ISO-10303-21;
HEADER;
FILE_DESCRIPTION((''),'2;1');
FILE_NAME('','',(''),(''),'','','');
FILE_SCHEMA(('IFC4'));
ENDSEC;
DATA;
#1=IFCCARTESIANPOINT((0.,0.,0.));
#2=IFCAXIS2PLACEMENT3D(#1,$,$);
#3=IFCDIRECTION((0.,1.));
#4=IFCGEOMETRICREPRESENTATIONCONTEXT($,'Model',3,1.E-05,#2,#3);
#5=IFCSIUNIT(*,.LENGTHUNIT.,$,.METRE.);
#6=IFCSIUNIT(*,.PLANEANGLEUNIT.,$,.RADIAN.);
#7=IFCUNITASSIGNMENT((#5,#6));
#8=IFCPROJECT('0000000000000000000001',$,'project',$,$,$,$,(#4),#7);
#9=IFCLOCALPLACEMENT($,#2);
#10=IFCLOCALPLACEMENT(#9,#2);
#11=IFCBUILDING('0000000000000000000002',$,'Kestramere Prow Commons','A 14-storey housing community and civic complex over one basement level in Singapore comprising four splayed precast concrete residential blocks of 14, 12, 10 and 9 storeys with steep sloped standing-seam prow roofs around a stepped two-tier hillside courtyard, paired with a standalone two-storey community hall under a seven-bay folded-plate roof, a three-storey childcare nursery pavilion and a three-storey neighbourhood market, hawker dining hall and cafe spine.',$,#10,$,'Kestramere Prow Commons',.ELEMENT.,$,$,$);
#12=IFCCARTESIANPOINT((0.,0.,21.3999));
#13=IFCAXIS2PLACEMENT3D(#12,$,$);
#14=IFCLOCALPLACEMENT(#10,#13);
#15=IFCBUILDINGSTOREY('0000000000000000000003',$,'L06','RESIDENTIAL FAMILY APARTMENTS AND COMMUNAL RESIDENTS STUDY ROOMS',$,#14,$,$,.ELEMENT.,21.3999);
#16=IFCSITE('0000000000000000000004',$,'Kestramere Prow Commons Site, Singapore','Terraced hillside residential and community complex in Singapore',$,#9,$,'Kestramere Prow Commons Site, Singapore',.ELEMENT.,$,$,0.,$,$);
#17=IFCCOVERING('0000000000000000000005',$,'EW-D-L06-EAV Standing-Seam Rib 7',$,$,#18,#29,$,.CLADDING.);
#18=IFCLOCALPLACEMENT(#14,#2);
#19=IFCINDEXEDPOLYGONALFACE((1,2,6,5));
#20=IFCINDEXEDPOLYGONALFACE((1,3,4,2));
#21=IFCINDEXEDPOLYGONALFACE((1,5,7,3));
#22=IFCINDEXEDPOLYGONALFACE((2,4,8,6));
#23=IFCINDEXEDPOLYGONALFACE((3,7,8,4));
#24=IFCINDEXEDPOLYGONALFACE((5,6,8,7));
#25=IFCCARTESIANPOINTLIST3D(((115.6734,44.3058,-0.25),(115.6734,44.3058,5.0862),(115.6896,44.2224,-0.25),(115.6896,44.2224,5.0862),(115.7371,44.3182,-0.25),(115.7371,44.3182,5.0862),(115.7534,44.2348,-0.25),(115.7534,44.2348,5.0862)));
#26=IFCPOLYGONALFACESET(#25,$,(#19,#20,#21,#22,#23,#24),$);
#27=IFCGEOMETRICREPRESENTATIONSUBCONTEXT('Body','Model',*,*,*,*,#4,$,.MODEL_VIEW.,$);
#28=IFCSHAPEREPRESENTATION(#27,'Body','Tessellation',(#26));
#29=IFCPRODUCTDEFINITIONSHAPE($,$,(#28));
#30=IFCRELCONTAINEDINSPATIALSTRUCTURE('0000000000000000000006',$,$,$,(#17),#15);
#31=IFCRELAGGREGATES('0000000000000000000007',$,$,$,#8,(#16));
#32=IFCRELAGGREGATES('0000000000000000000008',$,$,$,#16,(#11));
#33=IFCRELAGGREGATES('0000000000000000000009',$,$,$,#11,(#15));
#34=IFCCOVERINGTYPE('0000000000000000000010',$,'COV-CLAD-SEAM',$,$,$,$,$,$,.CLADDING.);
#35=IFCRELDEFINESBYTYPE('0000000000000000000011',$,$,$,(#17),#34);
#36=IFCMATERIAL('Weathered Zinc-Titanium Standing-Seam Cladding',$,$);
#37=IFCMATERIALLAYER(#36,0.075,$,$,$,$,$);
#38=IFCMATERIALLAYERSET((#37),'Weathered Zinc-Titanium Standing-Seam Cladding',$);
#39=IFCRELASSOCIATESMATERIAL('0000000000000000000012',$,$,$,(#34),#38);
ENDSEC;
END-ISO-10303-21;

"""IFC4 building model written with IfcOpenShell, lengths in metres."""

from ifc_helpers import new_model, si_unit, direction, frame, origin, origin_2d, place, context, subcontext, project, spatial, rectangle, extrude, material, layer, layer_set, type_object, element, save


model = new_model("IFC4")

# Units and contexts
model_context = context("Model", 3, precision=1e-05, world=origin(), true_north=direction((0.0, 1.0)))
body_context = subcontext(model_context, "Body", "Model", "MODEL_VIEW")
ifc_project = project(units=[si_unit("LENGTHUNIT", "METRE"), si_unit("PLANEANGLEUNIT", "RADIAN")], contexts=[model_context])

# Site, building, storey
site_placement = place(None, origin())
site = spatial("IfcSite", under=ifc_project, at=site_placement, Name="Kestramere Prow Commons Site, Singapore", Description="Terraced hillside residential and community complex in Singapore", LongName="Kestramere Prow Commons Site, Singapore", CompositionType="ELEMENT", RefElevation=0.0)
building_placement = place(site_placement, origin())
building = spatial("IfcBuilding", under=site, at=building_placement, Name="Kestramere Prow Commons", Description="A 14-storey housing community and civic complex over one basement level in Singapore comprising four splayed precast concrete residential blocks of 14, 12, 10 and 9 storeys with steep sloped standing-seam prow roofs around a stepped two-tier hillside courtyard, paired with a standalone two-storey community hall under a seven-bay folded-plate roof, a three-storey childcare nursery pavilion and a three-storey neighbourhood market, hawker dining hall and cafe spine.", LongName="Kestramere Prow Commons", CompositionType="ELEMENT")
storey_placement = place(building_placement, frame((0.0, 0.0, 21.3999)))
storey = spatial("IfcBuildingStorey", under=building, at=storey_placement, Name="L06", Description="RESIDENTIAL FAMILY APARTMENTS AND COMMUNAL RESIDENTS STUDY ROOMS", CompositionType="ELEMENT", Elevation=21.3999)

# Covering
ifc_material_1 = material(Name="Weathered Zinc-Titanium Standing-Seam Cladding")
ifc_layer_1 = layer(ifc_material_1, 0.075)
ifc_layer_set_1 = layer_set([ifc_layer_1], Name="Weathered Zinc-Titanium Standing-Seam Cladding")
covering_type = type_object("IfcCoveringType", Name="COV-CLAD-SEAM", PredefinedType="CLADDING", material=ifc_layer_set_1)
for number, where, z_axis, x_axis, name in (
    (1, (115.7134, 44.2703, -0.25), (0.0, 0.0, 1.0), (-0.190809, 0.981627, 0.0), "EW-D-L06-EAV Standing-Seam Rib 7"),
):
    element("IfcCovering", number, at=place(storey_placement, frame(where, z_axis=z_axis, x_axis=x_axis)), inside=storey, type_object=covering_type, Name=name, PredefinedType="CLADDING", context=body_context, shape_type="SweptSolid", body=[
        extrude(rectangle(XDim=0.085, YDim=0.0649, at=origin_2d()), origin(), (0.0, 0.0, 1.0), 5.3362),
    ])

save(model, "model.ifc")
